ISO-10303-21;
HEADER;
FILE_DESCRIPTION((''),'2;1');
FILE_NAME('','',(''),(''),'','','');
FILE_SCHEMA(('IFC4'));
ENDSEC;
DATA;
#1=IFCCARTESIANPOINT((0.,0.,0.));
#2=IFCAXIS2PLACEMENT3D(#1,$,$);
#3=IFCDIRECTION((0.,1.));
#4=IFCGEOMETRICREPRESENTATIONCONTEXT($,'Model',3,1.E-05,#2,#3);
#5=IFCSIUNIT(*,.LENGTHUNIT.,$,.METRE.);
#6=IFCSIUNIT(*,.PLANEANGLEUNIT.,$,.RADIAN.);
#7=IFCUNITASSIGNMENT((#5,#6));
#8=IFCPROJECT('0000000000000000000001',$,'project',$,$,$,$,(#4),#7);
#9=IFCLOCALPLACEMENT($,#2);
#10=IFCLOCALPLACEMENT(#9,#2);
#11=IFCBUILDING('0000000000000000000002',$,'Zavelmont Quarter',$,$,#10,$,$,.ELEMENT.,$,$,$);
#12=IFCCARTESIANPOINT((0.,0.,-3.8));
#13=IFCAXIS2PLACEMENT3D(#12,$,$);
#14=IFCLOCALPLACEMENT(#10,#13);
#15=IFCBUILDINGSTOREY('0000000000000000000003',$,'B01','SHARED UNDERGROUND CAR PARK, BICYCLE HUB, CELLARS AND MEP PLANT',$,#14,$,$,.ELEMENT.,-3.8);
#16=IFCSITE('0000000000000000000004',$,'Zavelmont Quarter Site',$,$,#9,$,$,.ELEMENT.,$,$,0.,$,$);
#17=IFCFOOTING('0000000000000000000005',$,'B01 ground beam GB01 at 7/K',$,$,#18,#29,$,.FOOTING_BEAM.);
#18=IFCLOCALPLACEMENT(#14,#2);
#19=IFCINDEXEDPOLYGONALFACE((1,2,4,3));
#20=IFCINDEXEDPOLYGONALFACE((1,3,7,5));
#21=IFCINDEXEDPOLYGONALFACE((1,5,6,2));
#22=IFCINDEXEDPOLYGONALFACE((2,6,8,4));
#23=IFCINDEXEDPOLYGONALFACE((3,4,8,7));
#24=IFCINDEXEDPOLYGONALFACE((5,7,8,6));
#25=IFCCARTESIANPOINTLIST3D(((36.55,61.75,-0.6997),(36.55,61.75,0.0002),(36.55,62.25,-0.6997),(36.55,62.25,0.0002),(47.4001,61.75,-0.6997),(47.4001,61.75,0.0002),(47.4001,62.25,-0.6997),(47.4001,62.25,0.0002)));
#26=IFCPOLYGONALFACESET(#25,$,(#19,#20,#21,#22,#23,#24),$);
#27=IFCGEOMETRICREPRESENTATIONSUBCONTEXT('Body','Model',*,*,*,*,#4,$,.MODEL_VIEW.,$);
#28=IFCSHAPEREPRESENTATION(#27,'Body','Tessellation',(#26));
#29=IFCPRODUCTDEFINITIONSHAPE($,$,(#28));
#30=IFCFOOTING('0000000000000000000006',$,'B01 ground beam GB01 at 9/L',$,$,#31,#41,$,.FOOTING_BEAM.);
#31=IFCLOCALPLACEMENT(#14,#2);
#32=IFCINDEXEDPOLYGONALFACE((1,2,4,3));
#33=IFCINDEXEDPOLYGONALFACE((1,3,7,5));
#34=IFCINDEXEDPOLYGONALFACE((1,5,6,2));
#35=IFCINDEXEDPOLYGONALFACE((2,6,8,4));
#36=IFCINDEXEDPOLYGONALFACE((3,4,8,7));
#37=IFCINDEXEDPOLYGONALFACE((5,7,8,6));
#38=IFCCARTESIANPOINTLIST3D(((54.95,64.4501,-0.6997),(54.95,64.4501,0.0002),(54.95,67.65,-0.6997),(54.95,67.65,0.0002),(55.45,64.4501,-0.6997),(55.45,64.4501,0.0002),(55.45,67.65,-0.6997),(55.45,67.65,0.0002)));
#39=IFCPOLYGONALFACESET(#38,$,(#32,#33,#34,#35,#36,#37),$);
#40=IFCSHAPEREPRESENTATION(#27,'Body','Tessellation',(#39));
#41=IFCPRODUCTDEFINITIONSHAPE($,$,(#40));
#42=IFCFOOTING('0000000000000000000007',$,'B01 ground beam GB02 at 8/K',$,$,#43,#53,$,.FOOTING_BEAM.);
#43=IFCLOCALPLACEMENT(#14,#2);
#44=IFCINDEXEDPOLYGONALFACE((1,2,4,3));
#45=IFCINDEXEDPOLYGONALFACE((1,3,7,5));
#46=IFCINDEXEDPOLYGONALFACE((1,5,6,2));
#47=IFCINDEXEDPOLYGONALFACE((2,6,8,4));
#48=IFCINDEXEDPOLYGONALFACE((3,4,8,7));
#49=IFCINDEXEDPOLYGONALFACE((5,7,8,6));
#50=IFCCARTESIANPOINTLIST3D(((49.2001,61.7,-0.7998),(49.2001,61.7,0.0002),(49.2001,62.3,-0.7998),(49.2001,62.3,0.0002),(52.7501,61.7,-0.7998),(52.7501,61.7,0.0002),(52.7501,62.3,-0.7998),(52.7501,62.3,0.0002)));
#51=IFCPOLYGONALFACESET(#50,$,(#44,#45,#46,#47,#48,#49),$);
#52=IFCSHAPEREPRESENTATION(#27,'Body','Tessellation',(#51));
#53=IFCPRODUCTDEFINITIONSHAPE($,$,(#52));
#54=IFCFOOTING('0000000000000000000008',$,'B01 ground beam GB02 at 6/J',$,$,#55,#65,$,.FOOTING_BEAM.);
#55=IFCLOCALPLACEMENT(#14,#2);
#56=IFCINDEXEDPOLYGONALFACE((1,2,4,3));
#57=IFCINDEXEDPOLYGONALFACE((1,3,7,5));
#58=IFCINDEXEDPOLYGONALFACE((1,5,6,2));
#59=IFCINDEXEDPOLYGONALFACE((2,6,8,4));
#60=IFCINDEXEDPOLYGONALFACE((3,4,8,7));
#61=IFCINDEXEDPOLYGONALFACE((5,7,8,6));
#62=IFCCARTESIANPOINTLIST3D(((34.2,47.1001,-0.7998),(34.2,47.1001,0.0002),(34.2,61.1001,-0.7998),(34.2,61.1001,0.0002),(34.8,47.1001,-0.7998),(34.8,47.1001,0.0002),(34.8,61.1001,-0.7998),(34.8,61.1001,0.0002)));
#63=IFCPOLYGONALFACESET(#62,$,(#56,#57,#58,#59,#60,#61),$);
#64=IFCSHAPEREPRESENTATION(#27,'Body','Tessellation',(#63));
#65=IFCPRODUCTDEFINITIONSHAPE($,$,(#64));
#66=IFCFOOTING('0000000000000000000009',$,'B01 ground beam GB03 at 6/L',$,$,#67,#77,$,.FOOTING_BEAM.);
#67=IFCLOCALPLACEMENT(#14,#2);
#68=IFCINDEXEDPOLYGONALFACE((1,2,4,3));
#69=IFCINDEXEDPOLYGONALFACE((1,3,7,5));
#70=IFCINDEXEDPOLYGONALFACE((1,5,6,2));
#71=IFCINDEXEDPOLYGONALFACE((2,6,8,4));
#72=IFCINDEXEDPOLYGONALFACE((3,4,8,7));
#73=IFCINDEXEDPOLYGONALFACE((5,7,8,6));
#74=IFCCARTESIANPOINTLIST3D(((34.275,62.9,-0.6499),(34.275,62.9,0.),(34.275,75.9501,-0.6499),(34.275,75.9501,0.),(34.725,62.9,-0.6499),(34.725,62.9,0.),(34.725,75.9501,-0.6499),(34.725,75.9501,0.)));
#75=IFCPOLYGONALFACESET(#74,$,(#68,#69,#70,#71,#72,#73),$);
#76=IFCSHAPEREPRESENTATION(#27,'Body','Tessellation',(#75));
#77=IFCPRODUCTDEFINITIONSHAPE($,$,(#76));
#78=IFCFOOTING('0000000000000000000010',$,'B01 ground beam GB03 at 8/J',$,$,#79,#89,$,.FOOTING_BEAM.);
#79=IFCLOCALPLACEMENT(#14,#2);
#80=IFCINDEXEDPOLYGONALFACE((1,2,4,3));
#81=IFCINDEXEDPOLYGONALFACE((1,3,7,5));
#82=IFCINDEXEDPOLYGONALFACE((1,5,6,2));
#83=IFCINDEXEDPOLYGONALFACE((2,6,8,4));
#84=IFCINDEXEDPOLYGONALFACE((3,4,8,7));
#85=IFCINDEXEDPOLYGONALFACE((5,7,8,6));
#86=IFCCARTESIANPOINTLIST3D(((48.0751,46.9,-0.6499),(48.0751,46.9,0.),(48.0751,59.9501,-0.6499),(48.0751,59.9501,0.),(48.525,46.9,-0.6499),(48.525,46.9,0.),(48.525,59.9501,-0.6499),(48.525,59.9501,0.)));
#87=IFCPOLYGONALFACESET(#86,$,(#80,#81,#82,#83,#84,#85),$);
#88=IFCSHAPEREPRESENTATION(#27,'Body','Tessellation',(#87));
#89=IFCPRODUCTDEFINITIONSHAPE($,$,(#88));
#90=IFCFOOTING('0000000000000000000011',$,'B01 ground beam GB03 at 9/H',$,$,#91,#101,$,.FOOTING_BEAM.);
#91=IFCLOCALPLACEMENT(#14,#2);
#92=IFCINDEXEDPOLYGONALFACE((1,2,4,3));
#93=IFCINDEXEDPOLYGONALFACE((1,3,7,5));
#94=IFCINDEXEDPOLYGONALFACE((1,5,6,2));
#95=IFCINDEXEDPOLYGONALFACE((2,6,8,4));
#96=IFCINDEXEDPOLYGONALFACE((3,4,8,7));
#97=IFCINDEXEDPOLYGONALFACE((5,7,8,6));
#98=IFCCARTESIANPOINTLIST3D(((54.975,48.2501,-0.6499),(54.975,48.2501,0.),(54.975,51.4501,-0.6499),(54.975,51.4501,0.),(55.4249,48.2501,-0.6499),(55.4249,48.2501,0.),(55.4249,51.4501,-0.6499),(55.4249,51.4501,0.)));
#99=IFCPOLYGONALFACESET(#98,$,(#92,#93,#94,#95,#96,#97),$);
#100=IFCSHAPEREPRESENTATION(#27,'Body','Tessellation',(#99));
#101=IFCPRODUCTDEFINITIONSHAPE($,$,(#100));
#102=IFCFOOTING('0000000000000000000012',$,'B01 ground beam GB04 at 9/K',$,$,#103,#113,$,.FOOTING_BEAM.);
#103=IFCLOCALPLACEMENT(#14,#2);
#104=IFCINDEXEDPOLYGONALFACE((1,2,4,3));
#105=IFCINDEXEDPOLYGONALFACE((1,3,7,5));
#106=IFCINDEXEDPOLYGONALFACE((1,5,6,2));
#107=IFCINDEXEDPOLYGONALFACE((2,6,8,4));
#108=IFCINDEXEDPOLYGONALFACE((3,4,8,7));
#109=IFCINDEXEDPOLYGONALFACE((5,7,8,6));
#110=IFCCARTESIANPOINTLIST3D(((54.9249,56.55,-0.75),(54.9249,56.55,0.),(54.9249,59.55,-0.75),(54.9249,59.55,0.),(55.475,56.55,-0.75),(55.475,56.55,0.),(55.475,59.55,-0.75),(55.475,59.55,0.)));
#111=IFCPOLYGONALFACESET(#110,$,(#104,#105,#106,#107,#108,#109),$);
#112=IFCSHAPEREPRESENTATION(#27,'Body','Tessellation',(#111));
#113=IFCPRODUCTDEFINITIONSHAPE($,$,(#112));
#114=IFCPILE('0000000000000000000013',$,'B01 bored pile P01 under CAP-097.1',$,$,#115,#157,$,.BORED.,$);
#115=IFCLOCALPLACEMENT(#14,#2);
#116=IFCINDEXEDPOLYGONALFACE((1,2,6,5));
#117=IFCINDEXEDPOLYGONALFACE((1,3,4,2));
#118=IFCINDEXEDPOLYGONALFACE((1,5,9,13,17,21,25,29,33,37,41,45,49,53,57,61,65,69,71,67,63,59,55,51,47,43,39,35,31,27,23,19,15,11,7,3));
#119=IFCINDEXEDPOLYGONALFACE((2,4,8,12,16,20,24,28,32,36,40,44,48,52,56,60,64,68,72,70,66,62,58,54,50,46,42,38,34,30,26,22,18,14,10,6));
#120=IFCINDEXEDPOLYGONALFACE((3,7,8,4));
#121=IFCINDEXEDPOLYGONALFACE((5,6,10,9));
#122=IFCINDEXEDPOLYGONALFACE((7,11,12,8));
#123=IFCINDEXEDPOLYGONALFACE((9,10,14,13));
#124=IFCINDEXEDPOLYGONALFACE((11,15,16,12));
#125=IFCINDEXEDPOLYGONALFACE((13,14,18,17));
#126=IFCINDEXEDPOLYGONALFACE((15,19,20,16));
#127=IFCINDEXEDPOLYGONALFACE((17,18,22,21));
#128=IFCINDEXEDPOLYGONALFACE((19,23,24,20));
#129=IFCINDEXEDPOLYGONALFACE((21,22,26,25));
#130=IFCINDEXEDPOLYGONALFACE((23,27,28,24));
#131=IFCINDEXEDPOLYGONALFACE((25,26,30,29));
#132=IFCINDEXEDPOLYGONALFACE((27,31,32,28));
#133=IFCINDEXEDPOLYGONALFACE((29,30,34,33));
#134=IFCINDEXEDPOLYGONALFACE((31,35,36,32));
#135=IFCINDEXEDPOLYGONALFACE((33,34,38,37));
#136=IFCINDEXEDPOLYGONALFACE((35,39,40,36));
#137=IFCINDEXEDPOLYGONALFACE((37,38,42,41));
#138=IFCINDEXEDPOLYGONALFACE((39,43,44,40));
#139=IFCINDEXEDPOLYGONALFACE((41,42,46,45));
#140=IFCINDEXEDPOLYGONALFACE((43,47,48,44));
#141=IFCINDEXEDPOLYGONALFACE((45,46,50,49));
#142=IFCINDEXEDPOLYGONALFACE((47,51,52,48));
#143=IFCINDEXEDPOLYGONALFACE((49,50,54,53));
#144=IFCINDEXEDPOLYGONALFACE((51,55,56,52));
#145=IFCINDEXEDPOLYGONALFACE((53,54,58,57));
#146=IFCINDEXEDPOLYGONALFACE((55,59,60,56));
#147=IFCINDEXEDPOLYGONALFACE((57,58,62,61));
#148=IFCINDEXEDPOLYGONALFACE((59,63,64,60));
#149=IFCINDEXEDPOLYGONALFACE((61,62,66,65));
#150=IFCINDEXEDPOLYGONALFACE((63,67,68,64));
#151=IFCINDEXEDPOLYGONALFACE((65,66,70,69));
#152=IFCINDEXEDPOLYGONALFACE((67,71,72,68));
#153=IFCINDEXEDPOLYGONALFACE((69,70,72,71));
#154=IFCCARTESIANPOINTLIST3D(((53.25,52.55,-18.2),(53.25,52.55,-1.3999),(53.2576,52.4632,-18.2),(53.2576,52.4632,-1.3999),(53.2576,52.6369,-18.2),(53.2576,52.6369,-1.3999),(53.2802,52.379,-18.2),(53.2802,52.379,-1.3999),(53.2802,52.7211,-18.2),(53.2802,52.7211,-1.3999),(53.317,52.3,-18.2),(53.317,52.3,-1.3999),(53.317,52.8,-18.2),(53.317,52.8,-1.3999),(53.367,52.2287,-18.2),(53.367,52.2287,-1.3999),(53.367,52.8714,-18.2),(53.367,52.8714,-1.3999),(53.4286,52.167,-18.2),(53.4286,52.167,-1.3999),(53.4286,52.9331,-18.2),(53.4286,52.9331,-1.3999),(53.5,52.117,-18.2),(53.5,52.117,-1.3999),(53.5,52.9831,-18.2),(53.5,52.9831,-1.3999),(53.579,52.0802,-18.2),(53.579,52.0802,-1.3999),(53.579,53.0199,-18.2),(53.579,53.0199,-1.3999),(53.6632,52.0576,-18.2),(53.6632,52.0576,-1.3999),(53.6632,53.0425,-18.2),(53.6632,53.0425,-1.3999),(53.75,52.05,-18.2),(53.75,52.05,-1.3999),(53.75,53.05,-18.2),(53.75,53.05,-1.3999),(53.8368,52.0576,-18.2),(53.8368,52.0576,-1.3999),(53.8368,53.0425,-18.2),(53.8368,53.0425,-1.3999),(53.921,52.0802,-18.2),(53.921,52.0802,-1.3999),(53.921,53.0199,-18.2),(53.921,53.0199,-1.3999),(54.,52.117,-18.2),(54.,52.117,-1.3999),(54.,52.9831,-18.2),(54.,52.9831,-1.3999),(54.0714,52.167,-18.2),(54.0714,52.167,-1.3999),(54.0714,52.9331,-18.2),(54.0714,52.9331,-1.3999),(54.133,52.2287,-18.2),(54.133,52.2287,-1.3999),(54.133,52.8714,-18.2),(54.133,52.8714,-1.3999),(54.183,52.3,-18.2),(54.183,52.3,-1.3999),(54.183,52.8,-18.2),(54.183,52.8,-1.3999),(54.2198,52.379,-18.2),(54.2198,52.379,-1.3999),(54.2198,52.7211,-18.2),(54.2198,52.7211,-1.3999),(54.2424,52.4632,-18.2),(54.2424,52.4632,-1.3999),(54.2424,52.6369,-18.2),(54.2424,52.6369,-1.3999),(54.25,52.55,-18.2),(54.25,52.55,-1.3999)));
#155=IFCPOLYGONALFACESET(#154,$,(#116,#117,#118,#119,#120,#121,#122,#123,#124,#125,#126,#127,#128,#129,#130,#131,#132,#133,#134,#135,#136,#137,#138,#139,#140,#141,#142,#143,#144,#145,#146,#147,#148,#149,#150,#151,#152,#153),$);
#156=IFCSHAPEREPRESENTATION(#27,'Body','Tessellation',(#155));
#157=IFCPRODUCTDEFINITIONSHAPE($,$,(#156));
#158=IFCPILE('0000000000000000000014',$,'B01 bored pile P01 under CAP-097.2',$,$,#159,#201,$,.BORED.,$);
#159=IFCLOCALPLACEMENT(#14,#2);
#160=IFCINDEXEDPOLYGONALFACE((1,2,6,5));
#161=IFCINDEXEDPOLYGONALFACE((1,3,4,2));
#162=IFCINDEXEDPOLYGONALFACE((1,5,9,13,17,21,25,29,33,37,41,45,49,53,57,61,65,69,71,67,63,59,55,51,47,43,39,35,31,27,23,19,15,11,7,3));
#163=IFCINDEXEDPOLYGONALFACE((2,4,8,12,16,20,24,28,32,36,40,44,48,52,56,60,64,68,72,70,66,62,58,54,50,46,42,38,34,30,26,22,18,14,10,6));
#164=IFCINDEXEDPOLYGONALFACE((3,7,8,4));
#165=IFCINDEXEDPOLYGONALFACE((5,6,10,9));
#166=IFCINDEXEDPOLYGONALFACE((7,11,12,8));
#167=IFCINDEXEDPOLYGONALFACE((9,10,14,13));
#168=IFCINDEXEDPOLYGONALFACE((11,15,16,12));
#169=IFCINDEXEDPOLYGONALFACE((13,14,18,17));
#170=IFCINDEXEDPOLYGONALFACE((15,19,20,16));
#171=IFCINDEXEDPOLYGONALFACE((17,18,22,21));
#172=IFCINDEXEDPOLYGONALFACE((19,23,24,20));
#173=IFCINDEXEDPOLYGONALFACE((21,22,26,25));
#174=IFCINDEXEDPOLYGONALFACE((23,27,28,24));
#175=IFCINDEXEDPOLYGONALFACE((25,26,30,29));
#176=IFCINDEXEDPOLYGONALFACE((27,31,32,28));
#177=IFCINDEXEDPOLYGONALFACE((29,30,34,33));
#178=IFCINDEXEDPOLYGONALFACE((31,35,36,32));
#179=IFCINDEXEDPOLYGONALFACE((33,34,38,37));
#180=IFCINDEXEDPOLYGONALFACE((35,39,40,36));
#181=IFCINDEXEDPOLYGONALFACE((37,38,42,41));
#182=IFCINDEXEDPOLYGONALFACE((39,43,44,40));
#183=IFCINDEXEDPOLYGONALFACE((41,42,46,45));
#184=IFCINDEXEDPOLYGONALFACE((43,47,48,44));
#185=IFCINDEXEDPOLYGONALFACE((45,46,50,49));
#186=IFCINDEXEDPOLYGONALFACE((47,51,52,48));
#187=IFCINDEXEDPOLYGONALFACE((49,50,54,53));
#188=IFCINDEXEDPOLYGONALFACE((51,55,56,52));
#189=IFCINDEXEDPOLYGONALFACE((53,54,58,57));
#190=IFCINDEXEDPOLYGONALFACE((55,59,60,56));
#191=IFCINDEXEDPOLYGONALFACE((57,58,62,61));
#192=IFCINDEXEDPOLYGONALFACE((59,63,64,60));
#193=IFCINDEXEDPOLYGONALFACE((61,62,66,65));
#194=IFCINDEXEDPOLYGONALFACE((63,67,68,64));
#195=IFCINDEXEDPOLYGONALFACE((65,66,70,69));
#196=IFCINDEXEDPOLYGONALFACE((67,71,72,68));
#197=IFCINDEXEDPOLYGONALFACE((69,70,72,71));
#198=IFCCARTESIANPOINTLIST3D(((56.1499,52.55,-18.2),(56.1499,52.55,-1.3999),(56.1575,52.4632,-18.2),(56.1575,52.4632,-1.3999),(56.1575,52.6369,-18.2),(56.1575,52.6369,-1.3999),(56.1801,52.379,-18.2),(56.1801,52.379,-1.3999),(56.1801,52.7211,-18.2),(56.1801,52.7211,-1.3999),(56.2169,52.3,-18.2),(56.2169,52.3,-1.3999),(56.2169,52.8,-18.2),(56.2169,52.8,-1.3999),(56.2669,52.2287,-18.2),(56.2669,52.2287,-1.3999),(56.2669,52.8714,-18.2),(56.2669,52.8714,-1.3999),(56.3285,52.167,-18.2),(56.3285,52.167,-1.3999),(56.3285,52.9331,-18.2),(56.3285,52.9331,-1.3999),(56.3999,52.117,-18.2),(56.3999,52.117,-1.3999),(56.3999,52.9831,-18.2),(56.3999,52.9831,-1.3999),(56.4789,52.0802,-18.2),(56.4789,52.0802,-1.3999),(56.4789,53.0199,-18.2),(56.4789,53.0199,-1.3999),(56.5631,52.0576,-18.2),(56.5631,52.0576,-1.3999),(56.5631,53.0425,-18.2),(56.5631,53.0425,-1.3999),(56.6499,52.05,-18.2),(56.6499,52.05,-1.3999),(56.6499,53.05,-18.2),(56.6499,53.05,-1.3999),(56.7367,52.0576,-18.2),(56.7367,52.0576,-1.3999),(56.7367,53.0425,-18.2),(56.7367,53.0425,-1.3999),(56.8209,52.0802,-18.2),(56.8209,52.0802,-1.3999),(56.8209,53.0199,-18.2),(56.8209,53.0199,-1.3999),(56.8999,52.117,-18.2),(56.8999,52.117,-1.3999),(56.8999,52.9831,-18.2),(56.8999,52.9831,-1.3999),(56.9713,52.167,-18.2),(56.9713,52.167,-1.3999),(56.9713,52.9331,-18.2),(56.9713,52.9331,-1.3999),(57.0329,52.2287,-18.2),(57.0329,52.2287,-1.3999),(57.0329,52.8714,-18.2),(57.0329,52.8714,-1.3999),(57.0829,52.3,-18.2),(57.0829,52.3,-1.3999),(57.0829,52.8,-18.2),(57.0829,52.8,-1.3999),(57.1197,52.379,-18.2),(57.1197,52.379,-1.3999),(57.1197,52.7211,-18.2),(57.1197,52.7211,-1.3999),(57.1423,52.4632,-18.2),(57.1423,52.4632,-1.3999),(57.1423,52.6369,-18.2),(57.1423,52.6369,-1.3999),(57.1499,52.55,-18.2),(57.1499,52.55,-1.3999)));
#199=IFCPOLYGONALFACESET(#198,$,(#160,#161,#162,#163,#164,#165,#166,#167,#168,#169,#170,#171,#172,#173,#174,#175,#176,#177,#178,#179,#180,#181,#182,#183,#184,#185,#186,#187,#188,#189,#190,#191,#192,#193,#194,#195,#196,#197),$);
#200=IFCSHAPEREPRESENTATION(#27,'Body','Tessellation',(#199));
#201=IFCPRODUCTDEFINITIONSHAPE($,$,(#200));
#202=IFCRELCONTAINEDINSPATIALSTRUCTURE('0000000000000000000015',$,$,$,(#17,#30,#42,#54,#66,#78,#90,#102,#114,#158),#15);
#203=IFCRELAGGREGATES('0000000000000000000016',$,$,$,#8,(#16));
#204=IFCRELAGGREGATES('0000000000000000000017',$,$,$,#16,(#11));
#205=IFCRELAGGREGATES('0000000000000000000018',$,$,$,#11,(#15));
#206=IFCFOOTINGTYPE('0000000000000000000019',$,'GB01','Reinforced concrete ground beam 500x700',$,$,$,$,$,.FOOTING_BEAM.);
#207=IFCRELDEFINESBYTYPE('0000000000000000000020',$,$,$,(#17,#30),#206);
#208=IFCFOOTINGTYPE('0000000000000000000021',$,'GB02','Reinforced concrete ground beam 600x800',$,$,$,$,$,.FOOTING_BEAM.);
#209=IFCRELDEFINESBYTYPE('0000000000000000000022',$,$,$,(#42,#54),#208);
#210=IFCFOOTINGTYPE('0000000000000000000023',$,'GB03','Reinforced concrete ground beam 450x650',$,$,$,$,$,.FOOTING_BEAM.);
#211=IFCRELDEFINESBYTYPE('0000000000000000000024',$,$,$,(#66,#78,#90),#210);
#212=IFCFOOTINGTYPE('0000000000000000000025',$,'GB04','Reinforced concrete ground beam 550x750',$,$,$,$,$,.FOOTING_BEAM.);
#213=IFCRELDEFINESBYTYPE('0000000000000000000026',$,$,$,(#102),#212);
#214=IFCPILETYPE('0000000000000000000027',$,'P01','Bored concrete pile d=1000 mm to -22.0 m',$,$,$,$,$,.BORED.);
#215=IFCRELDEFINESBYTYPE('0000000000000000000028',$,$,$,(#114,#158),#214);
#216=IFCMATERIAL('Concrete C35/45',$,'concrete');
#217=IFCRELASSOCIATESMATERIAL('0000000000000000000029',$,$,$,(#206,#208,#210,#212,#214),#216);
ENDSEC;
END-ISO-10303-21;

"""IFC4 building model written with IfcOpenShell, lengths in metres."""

from ifc_helpers import new_model, si_unit, direction, frame, origin, origin_2d, place, context, subcontext, project, spatial, rectangle, circle, extrude, material, material_profile, profile_set, type_object, element, save


model = new_model("IFC4")

# Units and contexts
model_context = context("Model", 3, precision=1e-05, world=origin(), true_north=direction((0.0, 1.0)))
body_context = subcontext(model_context, "Body", "Model", "MODEL_VIEW")
ifc_project = project(units=[si_unit("LENGTHUNIT", "METRE"), si_unit("PLANEANGLEUNIT", "RADIAN")], contexts=[model_context])

# Site, building, storey
site_placement = place(None, origin())
site = spatial("IfcSite", under=ifc_project, at=site_placement, Name="Zavelmont Quarter Site", CompositionType="ELEMENT", RefElevation=0.0)
building_placement = place(site_placement, origin())
building = spatial("IfcBuilding", under=site, at=building_placement, Name="Zavelmont Quarter", CompositionType="ELEMENT")
storey_placement = place(building_placement, frame((0.0, 0.0, -3.8)))
storey = spatial("IfcBuildingStorey", under=building, at=storey_placement, Name="B01", Description="SHARED UNDERGROUND CAR PARK, BICYCLE HUB, CELLARS AND MEP PLANT", CompositionType="ELEMENT", Elevation=-3.8)

# Footings
ifc_material_1 = material(Name="Concrete C35/45", Category="concrete")
footing_type_1 = type_object("IfcFootingType", Name="GB01", Description="Reinforced concrete ground beam 500x700", PredefinedType="FOOTING_BEAM", material=ifc_material_1)
footing_1_placement = place(storey_placement, frame((41.9751, 62.0, -0.6997), z_axis=(0.0, 0.0, 1.0), x_axis=(1.0, 0.0, 0.0)))
element("IfcFooting", 1, at=footing_1_placement, inside=storey, type_object=footing_type_1, Name="B01 ground beam GB01 at 7/K", PredefinedType="FOOTING_BEAM", context=body_context, shape_type="SweptSolid", body=[
    extrude(rectangle(XDim=10.8501, YDim=0.5, at=origin_2d()), origin(), (0.0, 0.0, 1.0), 0.7),
])
footing_2_placement = place(storey_placement, frame((55.2, 66.05, -0.6997), z_axis=(0.0, 0.0, 1.0), x_axis=(0.0, 1.0, 0.0)))
element("IfcFooting", 2, at=footing_2_placement, inside=storey, type_object=footing_type_1, Name="B01 ground beam GB01 at 9/L", PredefinedType="FOOTING_BEAM", context=body_context, shape_type="SweptSolid", body=[
    extrude(rectangle(XDim=3.2, YDim=0.5, at=origin_2d()), origin(), (0.0, 0.0, 1.0), 0.7),
])
footing_type_2 = type_object("IfcFootingType", Name="GB02", Description="Reinforced concrete ground beam 600x800", PredefinedType="FOOTING_BEAM", material=ifc_material_1)
footing_3_placement = place(storey_placement, frame((50.9751, 62.0, -0.7998), z_axis=(0.0, 0.0, 1.0), x_axis=(1.0, 0.0, 0.0)))
element("IfcFooting", 3, at=footing_3_placement, inside=storey, type_object=footing_type_2, Name="B01 ground beam GB02 at 8/K", PredefinedType="FOOTING_BEAM", context=body_context, shape_type="SweptSolid", body=[
    extrude(rectangle(XDim=3.55, YDim=0.6001, at=origin_2d()), origin(), (0.0, 0.0, 1.0), 0.8),
])
footing_4_placement = place(storey_placement, frame((34.5, 54.1001, -0.7998), z_axis=(0.0, 0.0, 1.0), x_axis=(0.0, 1.0, 0.0)))
element("IfcFooting", 4, at=footing_4_placement, inside=storey, type_object=footing_type_2, Name="B01 ground beam GB02 at 6/J", PredefinedType="FOOTING_BEAM", context=body_context, shape_type="SweptSolid", body=[
    extrude(rectangle(XDim=14.0, YDim=0.6001, at=origin_2d()), origin(), (0.0, 0.0, 1.0), 0.8),
])
footing_type_3 = type_object("IfcFootingType", Name="GB03", Description="Reinforced concrete ground beam 450x650", PredefinedType="FOOTING_BEAM", material=ifc_material_1)
for number, where, z_axis, x_axis, name in (
    (5, (34.5, 69.425, -0.6499), (0.0, 0.0, 1.0), (0.0, 1.0, 0.0), "B01 ground beam GB03 at 6/L"),
    (6, (48.3, 53.425, -0.6499), (0.0, 0.0, 1.0), (0.0, 1.0, 0.0), "B01 ground beam GB03 at 8/J"),
):
    element("IfcFooting", number, at=place(storey_placement, frame(where, z_axis=z_axis, x_axis=x_axis)), inside=storey, type_object=footing_type_3, Name=name, PredefinedType="FOOTING_BEAM", context=body_context, shape_type="SweptSolid", body=[
        extrude(rectangle(XDim=13.05, YDim=0.45, at=origin_2d()), origin(), (0.0, 0.0, 1.0), 0.6499),
    ])
footing_5_placement = place(storey_placement, frame((55.2, 49.8501, -0.6499), z_axis=(0.0, 0.0, 1.0), x_axis=(0.0, 1.0, 0.0)))
element("IfcFooting", 7, at=footing_5_placement, inside=storey, type_object=footing_type_3, Name="B01 ground beam GB03 at 9/H", PredefinedType="FOOTING_BEAM", context=body_context, shape_type="SweptSolid", body=[
    extrude(rectangle(XDim=3.2, YDim=0.45, at=origin_2d()), origin(), (0.0, 0.0, 1.0), 0.6499),
])
footing_type_4 = type_object("IfcFootingType", Name="GB04", Description="Reinforced concrete ground beam 550x750", PredefinedType="FOOTING_BEAM", material=ifc_material_1)
footing_6_placement = place(storey_placement, frame((55.2, 58.05, -0.75), z_axis=(0.0, 0.0, 1.0), x_axis=(0.0, 1.0, 0.0)))
element("IfcFooting", 8, at=footing_6_placement, inside=storey, type_object=footing_type_4, Name="B01 ground beam GB04 at 9/K", PredefinedType="FOOTING_BEAM", context=body_context, shape_type="SweptSolid", body=[
    extrude(rectangle(XDim=3.0, YDim=0.55, at=origin_2d()), origin(), (0.0, 0.0, 1.0), 0.75),
])

# Piles
ifc_material_profile_1 = material_profile(ifc_material_1, circle(Radius=0.5, at=origin_2d()), Name="BP1000")
ifc_profile_set_1 = profile_set([ifc_material_profile_1], Name="Concrete C35/45")
pile_type_1 = type_object("IfcPileType", Name="P01", Description="Bored concrete pile d=1000 mm to -22.0 m", PredefinedType="BORED", material=ifc_profile_set_1)
for number, where, z_axis, x_axis, name in (
    (9, (53.75, 52.55, -1.3999), (0.0, 0.0, -1.0), (1.0, 0.0, 0.0), "B01 bored pile P01 under CAP-097.1"),
    (10, (56.6499, 52.55, -1.3999), (0.0, 0.0, -1.0), (1.0, 0.0, 0.0), "B01 bored pile P01 under CAP-097.2"),
):
    element("IfcPile", number, at=place(storey_placement, frame(where, z_axis=z_axis, x_axis=x_axis)), inside=storey, type_object=pile_type_1, Name=name, PredefinedType="BORED", context=body_context, shape_type="SweptSolid", body=[
        extrude(circle(Radius=0.5, at=origin_2d()), origin(), (0.0, 0.0, 1.0), 16.8),
    ])

save(model, "model.ifc")
